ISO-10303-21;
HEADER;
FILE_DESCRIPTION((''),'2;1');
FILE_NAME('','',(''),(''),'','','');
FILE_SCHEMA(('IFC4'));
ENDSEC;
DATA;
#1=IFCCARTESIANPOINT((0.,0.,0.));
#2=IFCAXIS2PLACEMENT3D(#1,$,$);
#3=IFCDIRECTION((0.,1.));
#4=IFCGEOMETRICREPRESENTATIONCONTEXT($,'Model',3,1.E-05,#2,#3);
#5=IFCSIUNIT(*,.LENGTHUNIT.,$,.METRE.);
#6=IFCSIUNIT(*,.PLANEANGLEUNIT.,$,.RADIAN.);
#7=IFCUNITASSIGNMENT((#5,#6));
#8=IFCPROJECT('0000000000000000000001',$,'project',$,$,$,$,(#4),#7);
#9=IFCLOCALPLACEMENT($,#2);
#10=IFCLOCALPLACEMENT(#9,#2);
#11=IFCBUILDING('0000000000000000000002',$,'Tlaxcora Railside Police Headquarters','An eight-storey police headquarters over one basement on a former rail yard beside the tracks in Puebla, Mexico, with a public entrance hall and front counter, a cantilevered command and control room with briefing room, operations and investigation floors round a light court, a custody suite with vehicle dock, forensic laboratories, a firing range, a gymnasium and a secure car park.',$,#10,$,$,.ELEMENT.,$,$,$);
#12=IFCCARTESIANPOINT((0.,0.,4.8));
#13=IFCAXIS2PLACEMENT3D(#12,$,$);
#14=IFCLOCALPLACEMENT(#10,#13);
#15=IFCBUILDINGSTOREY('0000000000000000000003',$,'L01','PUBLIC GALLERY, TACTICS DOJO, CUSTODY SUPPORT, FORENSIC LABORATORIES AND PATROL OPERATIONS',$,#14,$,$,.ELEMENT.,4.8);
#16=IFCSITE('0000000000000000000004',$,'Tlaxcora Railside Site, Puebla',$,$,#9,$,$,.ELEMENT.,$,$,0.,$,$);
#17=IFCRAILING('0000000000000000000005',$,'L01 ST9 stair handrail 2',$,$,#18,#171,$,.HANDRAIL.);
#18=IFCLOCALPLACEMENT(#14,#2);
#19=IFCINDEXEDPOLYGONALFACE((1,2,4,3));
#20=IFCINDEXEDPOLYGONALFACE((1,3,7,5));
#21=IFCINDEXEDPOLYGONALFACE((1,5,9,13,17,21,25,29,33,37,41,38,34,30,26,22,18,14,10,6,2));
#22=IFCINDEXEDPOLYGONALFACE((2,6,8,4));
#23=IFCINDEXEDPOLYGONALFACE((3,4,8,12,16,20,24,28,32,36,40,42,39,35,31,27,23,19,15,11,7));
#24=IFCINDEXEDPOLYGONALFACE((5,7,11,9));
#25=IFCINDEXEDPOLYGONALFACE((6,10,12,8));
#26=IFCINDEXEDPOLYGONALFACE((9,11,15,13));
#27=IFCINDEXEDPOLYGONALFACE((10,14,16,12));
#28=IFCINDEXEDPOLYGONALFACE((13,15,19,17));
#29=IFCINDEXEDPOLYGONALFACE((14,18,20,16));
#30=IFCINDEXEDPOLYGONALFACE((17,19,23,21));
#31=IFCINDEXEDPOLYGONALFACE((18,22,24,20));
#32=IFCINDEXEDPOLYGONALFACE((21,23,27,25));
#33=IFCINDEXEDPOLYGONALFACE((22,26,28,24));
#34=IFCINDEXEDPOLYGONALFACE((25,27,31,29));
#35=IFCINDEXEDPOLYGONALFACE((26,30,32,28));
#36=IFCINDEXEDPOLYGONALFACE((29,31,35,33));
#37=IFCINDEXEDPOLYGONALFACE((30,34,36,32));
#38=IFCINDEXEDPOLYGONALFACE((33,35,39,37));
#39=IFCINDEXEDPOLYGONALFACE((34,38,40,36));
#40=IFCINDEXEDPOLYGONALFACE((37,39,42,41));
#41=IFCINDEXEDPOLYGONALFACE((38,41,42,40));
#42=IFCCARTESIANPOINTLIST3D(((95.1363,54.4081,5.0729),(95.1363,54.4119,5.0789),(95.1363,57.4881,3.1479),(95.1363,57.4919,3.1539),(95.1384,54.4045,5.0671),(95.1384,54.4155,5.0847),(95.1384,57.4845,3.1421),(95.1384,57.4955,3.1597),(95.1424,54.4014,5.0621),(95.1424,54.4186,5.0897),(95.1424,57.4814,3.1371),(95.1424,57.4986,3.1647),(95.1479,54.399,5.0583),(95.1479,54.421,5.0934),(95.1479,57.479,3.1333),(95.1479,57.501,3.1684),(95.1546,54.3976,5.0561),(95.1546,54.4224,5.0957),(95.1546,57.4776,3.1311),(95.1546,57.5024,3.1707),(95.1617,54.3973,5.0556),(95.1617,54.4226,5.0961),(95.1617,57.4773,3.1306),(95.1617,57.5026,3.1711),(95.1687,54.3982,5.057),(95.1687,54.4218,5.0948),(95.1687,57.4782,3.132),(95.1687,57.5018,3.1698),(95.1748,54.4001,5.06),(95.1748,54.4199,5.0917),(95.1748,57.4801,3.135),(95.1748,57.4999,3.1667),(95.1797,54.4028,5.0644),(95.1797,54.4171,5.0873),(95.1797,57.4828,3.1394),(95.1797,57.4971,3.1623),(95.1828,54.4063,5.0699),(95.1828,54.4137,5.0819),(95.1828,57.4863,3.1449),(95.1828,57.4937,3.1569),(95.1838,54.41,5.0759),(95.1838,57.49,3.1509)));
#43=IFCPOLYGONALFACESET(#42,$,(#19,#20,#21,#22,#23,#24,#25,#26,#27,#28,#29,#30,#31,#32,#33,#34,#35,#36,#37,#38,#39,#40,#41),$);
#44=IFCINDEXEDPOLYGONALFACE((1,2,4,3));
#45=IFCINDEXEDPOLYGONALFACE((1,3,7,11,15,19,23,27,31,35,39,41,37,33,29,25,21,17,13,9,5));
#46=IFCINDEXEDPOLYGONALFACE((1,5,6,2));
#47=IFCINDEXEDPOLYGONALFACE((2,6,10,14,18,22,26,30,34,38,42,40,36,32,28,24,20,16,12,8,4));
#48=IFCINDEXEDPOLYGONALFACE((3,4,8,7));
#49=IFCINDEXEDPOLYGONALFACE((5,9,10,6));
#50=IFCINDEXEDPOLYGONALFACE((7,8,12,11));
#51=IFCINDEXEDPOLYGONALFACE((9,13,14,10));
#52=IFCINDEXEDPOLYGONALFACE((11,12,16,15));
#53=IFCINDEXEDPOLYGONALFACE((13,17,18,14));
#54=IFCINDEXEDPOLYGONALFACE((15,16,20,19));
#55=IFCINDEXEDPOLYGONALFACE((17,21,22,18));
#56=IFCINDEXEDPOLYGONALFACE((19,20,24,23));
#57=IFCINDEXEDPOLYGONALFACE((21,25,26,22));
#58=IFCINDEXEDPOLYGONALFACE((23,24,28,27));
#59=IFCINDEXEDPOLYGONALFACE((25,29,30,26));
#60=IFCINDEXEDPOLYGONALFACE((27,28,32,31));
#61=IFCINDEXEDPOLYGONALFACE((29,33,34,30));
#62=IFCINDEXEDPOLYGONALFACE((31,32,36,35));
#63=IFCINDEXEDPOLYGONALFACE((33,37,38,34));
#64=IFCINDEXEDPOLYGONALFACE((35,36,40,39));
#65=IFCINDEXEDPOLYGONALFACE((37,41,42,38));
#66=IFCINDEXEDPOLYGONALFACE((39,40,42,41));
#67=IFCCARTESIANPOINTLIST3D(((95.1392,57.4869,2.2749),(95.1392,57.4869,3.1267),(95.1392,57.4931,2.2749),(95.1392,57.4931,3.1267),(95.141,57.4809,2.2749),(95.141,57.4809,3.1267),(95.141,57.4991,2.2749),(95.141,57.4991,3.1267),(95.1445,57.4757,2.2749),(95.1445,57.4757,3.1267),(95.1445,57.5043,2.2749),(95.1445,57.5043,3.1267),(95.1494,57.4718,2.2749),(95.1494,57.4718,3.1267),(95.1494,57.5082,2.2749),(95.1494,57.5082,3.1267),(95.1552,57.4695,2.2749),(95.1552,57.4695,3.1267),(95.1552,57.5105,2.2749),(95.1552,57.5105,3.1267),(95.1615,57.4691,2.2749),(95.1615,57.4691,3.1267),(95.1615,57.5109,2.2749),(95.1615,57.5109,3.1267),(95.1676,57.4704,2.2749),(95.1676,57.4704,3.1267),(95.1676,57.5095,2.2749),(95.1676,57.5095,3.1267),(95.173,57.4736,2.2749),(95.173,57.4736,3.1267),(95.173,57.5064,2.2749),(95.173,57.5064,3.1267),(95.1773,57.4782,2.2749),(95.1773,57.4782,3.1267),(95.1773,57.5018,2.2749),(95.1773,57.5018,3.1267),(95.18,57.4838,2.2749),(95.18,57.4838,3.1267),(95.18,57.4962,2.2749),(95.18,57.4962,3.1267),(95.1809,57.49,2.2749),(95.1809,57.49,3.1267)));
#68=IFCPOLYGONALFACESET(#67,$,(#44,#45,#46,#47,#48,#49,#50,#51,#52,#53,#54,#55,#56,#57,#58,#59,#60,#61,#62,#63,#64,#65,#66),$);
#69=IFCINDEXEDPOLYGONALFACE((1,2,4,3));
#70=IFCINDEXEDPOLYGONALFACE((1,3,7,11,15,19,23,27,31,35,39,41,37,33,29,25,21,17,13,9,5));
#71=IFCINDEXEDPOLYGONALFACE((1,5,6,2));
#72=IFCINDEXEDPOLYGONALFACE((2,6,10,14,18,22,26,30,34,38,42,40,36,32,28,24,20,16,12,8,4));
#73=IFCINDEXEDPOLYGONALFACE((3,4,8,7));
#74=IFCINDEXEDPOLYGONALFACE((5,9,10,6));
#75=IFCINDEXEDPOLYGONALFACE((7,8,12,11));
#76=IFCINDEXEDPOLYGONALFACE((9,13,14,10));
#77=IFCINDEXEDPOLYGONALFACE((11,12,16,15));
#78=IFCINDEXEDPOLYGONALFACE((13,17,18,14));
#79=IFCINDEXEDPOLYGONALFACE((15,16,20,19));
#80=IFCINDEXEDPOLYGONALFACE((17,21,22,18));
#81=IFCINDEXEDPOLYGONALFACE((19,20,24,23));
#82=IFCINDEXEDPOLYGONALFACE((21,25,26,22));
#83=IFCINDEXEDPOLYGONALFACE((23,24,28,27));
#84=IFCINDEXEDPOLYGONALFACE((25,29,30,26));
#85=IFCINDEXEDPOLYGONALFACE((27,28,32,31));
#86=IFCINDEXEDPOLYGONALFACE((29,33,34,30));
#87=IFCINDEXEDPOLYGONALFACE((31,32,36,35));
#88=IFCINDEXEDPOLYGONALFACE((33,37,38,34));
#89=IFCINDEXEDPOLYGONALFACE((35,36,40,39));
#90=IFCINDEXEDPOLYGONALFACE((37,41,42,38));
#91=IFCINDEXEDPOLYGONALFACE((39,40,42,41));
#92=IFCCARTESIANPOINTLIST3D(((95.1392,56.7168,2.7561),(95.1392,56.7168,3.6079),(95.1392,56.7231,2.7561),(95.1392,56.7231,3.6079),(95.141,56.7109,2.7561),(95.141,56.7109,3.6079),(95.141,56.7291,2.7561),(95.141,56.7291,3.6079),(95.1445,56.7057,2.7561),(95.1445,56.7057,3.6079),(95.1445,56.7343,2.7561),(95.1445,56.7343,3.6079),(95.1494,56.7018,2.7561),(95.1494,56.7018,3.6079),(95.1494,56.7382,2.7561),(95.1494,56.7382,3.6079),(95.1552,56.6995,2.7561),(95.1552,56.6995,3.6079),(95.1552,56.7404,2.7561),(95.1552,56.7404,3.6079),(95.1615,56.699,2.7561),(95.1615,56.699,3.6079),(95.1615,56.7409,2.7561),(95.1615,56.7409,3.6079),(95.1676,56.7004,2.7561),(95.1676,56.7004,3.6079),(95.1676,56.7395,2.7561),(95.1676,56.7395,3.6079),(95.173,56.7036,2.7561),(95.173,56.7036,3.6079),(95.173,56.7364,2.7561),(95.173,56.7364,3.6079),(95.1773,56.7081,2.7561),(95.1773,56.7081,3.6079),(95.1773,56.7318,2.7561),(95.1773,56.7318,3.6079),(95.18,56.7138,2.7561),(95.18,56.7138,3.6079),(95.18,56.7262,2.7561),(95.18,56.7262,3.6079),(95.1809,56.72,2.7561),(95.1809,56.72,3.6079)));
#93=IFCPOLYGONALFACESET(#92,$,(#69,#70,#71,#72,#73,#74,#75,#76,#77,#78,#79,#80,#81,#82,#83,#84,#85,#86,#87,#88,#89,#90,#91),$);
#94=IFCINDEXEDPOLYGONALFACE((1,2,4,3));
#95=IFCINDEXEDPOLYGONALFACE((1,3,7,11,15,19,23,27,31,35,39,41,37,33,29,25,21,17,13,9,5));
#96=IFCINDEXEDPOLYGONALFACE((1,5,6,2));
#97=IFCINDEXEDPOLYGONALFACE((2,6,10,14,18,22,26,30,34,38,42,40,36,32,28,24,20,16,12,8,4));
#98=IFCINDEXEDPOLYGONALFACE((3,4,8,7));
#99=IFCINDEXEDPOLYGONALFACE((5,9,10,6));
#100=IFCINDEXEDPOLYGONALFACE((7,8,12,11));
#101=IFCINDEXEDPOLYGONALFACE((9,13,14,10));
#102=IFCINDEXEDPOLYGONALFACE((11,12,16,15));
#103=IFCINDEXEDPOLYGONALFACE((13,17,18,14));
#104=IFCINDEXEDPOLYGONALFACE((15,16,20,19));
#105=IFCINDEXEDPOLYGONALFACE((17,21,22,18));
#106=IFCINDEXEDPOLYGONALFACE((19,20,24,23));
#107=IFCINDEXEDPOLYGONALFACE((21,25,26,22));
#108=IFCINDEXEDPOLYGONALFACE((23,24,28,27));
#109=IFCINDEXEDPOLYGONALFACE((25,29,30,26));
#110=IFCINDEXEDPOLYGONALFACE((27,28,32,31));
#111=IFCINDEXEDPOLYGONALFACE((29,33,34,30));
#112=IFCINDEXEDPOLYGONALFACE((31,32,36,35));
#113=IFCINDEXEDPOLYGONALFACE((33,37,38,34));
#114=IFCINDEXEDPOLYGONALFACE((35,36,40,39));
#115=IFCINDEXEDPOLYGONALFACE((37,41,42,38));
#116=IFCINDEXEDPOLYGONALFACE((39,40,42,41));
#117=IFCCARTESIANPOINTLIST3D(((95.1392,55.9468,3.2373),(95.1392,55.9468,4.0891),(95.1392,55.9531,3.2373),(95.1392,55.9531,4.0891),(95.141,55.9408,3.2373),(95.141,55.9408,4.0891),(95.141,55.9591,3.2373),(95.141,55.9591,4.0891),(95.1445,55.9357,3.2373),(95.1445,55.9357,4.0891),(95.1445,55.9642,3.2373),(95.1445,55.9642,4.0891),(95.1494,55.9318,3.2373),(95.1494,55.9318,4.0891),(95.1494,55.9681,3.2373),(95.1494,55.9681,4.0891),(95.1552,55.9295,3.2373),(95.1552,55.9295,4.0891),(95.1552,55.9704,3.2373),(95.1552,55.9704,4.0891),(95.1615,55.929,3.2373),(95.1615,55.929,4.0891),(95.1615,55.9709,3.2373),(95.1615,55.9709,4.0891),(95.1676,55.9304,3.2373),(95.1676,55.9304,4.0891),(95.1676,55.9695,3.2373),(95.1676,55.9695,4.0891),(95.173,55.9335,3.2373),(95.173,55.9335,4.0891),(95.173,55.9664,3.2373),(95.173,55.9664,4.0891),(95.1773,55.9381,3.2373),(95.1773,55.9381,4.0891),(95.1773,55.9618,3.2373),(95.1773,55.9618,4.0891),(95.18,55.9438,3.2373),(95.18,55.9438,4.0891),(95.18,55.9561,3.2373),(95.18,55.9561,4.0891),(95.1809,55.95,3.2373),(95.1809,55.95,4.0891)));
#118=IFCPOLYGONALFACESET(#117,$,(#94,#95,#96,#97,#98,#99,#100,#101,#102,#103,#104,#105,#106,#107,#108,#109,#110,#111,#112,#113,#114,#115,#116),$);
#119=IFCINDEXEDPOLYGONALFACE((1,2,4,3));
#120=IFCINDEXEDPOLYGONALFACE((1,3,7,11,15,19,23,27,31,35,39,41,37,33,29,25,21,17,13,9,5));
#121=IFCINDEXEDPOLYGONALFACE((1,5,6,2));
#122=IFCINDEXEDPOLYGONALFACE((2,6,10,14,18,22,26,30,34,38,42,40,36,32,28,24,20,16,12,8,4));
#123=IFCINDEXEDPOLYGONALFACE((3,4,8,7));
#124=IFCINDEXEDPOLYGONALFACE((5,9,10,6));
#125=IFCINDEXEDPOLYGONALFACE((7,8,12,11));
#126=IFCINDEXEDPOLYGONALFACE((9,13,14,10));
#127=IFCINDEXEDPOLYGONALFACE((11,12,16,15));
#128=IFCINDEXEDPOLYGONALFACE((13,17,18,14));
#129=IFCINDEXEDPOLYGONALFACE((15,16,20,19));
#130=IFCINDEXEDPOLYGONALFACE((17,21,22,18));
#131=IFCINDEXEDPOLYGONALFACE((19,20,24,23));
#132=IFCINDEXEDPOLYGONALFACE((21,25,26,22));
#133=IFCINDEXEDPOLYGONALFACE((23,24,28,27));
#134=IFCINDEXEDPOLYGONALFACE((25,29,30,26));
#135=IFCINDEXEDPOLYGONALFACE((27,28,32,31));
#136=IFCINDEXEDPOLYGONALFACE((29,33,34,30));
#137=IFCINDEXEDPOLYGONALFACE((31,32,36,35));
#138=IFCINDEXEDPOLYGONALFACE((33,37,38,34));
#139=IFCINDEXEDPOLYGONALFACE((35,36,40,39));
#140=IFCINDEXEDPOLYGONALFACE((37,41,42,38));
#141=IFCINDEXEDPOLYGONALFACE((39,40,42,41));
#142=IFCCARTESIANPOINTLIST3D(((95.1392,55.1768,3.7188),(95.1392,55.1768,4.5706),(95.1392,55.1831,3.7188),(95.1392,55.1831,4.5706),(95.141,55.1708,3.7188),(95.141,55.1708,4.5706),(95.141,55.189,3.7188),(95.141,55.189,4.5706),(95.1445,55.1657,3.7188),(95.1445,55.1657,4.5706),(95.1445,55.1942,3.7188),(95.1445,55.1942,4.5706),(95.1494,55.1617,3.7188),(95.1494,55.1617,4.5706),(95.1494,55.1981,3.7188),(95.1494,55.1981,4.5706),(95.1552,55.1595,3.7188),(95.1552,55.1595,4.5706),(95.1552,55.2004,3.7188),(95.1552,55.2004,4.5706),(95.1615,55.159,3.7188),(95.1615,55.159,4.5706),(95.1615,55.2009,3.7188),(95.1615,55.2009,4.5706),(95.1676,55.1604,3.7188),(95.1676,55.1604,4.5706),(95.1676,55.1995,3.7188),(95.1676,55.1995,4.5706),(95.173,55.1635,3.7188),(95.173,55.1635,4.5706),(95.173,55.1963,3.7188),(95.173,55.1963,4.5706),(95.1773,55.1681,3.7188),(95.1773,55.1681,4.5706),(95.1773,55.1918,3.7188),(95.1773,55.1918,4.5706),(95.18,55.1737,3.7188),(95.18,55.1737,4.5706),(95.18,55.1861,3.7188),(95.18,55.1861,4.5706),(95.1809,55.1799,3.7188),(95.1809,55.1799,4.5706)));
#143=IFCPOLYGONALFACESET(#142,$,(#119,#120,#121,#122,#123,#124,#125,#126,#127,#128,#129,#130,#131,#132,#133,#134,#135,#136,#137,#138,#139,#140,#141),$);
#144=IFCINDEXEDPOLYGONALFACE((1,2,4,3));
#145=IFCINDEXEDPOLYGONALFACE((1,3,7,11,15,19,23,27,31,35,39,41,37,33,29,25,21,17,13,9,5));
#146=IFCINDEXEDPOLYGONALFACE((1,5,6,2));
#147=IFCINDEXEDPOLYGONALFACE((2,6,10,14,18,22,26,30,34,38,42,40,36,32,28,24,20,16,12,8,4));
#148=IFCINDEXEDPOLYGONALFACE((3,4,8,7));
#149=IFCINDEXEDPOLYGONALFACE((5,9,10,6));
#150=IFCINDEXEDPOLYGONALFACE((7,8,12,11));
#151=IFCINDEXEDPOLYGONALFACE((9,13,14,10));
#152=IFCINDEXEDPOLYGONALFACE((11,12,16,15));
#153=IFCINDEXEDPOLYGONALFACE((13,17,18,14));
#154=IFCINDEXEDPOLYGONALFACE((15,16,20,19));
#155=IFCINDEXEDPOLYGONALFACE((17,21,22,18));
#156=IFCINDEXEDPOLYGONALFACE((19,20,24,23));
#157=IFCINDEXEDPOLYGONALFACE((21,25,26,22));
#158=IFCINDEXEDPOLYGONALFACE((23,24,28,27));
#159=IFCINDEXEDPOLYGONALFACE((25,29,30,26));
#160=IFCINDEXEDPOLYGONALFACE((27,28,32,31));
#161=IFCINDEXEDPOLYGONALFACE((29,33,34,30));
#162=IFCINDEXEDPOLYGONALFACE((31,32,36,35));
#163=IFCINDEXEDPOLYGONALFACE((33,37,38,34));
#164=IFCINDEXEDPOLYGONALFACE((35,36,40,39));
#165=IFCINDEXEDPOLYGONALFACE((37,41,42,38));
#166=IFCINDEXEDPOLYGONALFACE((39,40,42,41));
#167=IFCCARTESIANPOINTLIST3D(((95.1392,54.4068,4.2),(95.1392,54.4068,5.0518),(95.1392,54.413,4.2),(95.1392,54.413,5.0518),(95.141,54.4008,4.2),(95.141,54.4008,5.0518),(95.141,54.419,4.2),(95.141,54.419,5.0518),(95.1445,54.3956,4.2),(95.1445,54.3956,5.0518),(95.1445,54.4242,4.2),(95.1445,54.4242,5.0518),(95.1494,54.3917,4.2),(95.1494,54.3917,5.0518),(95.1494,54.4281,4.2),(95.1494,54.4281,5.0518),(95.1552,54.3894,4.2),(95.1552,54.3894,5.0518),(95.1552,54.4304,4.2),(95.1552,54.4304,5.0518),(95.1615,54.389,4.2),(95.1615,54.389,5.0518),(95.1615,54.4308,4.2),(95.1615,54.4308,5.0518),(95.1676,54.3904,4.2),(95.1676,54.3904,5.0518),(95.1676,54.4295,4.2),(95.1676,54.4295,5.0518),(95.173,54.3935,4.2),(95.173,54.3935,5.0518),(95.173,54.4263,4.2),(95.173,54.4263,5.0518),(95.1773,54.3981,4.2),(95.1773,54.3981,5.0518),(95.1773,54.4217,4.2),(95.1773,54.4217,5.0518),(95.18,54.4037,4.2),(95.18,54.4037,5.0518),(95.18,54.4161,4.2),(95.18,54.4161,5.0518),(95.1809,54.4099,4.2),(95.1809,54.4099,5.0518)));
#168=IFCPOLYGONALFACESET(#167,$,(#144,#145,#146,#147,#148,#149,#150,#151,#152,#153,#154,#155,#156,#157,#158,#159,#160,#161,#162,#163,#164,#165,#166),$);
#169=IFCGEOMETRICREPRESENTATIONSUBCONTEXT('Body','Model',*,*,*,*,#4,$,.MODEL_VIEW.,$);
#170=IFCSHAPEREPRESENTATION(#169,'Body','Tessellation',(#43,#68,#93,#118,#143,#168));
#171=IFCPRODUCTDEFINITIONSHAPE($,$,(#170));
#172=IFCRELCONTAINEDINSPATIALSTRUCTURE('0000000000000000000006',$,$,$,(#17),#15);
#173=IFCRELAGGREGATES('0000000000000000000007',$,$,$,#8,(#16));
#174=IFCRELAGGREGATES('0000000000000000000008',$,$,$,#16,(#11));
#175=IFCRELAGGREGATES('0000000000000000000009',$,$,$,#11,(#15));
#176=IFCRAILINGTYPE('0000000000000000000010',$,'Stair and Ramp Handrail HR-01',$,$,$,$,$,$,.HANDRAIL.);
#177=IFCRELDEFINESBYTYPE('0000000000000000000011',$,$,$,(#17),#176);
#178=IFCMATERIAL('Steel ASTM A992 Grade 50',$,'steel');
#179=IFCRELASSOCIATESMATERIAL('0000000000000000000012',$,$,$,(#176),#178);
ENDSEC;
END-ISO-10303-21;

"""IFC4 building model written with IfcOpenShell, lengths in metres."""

from ifc_helpers import new_model, si_unit, direction, frame, origin, origin_2d, place, context, subcontext, project, spatial, circle, extrude, material, type_object, element, save


model = new_model("IFC4")

# Units and contexts
model_context = context("Model", 3, precision=1e-05, world=origin(), true_north=direction((0.0, 1.0)))
body_context = subcontext(model_context, "Body", "Model", "MODEL_VIEW")
ifc_project = project(units=[si_unit("LENGTHUNIT", "METRE"), si_unit("PLANEANGLEUNIT", "RADIAN")], contexts=[model_context])

# Site, building, storey
site_placement = place(None, origin())
site = spatial("IfcSite", under=ifc_project, at=site_placement, Name="Tlaxcora Railside Site, Puebla", CompositionType="ELEMENT", RefElevation=0.0)
building_placement = place(site_placement, origin())
building = spatial("IfcBuilding", under=site, at=building_placement, Name="Tlaxcora Railside Police Headquarters", Description="An eight-storey police headquarters over one basement on a former rail yard beside the tracks in Puebla, Mexico, with a public entrance hall and front counter, a cantilevered command and control room with briefing room, operations and investigation floors round a light court, a custody suite with vehicle dock, forensic laboratories, a firing range, a gymnasium and a secure car park.", CompositionType="ELEMENT")
storey_placement = place(building_placement, frame((0.0, 0.0, 4.8)))
storey = spatial("IfcBuildingStorey", under=building, at=storey_placement, Name="L01", Description="PUBLIC GALLERY, TACTICS DOJO, CUSTODY SUPPORT, FORENSIC LABORATORIES AND PATROL OPERATIONS", CompositionType="ELEMENT", Elevation=4.8)

# Shared definitions
ifc_material_1 = material(Name="Steel ASTM A992 Grade 50", Category="steel")

# Railing
railing_type_1 = type_object("IfcRailingType", Name="Stair and Ramp Handrail HR-01", PredefinedType="HANDRAIL", material=ifc_material_1)
railing_1_placement = place(storey_placement, frame((95.1599, 57.49, 2.2749)))
element("IfcRailing", 1, at=railing_1_placement, inside=storey, type_object=railing_type_1, Name="L01 ST9 stair handrail 2", PredefinedType="HANDRAIL", context=body_context, shape_type="SweptSolid", body=[
    extrude(circle(Radius=0.0239, at=origin_2d()), frame((0.0, 0.0, 0.876), z_axis=(0.0, -0.847998, 0.529999), x_axis=(1.0, 0.0, 0.0)), (0.0, 0.0, 1.0), 3.6321),
    extrude(circle(Radius=0.021, at=origin_2d()), origin(), (0.0, 0.0, 1.0), 0.8518),
    extrude(circle(Radius=0.021, at=origin_2d()), frame((0.0, -0.77, 0.4812)), (0.0, 0.0, 1.0), 0.8518),
    extrude(circle(Radius=0.021, at=origin_2d()), frame((0.0, -1.54, 0.9624)), (0.0, 0.0, 1.0), 0.8518),
    extrude(circle(Radius=0.021, at=origin_2d()), frame((0.0, -2.3101, 1.4438)), (0.0, 0.0, 1.0), 0.8518),
    extrude(circle(Radius=0.021, at=origin_2d()), frame((0.0, -3.0801, 1.925)), (0.0, 0.0, 1.0), 0.8518),
])

save(model, "model.ifc")
